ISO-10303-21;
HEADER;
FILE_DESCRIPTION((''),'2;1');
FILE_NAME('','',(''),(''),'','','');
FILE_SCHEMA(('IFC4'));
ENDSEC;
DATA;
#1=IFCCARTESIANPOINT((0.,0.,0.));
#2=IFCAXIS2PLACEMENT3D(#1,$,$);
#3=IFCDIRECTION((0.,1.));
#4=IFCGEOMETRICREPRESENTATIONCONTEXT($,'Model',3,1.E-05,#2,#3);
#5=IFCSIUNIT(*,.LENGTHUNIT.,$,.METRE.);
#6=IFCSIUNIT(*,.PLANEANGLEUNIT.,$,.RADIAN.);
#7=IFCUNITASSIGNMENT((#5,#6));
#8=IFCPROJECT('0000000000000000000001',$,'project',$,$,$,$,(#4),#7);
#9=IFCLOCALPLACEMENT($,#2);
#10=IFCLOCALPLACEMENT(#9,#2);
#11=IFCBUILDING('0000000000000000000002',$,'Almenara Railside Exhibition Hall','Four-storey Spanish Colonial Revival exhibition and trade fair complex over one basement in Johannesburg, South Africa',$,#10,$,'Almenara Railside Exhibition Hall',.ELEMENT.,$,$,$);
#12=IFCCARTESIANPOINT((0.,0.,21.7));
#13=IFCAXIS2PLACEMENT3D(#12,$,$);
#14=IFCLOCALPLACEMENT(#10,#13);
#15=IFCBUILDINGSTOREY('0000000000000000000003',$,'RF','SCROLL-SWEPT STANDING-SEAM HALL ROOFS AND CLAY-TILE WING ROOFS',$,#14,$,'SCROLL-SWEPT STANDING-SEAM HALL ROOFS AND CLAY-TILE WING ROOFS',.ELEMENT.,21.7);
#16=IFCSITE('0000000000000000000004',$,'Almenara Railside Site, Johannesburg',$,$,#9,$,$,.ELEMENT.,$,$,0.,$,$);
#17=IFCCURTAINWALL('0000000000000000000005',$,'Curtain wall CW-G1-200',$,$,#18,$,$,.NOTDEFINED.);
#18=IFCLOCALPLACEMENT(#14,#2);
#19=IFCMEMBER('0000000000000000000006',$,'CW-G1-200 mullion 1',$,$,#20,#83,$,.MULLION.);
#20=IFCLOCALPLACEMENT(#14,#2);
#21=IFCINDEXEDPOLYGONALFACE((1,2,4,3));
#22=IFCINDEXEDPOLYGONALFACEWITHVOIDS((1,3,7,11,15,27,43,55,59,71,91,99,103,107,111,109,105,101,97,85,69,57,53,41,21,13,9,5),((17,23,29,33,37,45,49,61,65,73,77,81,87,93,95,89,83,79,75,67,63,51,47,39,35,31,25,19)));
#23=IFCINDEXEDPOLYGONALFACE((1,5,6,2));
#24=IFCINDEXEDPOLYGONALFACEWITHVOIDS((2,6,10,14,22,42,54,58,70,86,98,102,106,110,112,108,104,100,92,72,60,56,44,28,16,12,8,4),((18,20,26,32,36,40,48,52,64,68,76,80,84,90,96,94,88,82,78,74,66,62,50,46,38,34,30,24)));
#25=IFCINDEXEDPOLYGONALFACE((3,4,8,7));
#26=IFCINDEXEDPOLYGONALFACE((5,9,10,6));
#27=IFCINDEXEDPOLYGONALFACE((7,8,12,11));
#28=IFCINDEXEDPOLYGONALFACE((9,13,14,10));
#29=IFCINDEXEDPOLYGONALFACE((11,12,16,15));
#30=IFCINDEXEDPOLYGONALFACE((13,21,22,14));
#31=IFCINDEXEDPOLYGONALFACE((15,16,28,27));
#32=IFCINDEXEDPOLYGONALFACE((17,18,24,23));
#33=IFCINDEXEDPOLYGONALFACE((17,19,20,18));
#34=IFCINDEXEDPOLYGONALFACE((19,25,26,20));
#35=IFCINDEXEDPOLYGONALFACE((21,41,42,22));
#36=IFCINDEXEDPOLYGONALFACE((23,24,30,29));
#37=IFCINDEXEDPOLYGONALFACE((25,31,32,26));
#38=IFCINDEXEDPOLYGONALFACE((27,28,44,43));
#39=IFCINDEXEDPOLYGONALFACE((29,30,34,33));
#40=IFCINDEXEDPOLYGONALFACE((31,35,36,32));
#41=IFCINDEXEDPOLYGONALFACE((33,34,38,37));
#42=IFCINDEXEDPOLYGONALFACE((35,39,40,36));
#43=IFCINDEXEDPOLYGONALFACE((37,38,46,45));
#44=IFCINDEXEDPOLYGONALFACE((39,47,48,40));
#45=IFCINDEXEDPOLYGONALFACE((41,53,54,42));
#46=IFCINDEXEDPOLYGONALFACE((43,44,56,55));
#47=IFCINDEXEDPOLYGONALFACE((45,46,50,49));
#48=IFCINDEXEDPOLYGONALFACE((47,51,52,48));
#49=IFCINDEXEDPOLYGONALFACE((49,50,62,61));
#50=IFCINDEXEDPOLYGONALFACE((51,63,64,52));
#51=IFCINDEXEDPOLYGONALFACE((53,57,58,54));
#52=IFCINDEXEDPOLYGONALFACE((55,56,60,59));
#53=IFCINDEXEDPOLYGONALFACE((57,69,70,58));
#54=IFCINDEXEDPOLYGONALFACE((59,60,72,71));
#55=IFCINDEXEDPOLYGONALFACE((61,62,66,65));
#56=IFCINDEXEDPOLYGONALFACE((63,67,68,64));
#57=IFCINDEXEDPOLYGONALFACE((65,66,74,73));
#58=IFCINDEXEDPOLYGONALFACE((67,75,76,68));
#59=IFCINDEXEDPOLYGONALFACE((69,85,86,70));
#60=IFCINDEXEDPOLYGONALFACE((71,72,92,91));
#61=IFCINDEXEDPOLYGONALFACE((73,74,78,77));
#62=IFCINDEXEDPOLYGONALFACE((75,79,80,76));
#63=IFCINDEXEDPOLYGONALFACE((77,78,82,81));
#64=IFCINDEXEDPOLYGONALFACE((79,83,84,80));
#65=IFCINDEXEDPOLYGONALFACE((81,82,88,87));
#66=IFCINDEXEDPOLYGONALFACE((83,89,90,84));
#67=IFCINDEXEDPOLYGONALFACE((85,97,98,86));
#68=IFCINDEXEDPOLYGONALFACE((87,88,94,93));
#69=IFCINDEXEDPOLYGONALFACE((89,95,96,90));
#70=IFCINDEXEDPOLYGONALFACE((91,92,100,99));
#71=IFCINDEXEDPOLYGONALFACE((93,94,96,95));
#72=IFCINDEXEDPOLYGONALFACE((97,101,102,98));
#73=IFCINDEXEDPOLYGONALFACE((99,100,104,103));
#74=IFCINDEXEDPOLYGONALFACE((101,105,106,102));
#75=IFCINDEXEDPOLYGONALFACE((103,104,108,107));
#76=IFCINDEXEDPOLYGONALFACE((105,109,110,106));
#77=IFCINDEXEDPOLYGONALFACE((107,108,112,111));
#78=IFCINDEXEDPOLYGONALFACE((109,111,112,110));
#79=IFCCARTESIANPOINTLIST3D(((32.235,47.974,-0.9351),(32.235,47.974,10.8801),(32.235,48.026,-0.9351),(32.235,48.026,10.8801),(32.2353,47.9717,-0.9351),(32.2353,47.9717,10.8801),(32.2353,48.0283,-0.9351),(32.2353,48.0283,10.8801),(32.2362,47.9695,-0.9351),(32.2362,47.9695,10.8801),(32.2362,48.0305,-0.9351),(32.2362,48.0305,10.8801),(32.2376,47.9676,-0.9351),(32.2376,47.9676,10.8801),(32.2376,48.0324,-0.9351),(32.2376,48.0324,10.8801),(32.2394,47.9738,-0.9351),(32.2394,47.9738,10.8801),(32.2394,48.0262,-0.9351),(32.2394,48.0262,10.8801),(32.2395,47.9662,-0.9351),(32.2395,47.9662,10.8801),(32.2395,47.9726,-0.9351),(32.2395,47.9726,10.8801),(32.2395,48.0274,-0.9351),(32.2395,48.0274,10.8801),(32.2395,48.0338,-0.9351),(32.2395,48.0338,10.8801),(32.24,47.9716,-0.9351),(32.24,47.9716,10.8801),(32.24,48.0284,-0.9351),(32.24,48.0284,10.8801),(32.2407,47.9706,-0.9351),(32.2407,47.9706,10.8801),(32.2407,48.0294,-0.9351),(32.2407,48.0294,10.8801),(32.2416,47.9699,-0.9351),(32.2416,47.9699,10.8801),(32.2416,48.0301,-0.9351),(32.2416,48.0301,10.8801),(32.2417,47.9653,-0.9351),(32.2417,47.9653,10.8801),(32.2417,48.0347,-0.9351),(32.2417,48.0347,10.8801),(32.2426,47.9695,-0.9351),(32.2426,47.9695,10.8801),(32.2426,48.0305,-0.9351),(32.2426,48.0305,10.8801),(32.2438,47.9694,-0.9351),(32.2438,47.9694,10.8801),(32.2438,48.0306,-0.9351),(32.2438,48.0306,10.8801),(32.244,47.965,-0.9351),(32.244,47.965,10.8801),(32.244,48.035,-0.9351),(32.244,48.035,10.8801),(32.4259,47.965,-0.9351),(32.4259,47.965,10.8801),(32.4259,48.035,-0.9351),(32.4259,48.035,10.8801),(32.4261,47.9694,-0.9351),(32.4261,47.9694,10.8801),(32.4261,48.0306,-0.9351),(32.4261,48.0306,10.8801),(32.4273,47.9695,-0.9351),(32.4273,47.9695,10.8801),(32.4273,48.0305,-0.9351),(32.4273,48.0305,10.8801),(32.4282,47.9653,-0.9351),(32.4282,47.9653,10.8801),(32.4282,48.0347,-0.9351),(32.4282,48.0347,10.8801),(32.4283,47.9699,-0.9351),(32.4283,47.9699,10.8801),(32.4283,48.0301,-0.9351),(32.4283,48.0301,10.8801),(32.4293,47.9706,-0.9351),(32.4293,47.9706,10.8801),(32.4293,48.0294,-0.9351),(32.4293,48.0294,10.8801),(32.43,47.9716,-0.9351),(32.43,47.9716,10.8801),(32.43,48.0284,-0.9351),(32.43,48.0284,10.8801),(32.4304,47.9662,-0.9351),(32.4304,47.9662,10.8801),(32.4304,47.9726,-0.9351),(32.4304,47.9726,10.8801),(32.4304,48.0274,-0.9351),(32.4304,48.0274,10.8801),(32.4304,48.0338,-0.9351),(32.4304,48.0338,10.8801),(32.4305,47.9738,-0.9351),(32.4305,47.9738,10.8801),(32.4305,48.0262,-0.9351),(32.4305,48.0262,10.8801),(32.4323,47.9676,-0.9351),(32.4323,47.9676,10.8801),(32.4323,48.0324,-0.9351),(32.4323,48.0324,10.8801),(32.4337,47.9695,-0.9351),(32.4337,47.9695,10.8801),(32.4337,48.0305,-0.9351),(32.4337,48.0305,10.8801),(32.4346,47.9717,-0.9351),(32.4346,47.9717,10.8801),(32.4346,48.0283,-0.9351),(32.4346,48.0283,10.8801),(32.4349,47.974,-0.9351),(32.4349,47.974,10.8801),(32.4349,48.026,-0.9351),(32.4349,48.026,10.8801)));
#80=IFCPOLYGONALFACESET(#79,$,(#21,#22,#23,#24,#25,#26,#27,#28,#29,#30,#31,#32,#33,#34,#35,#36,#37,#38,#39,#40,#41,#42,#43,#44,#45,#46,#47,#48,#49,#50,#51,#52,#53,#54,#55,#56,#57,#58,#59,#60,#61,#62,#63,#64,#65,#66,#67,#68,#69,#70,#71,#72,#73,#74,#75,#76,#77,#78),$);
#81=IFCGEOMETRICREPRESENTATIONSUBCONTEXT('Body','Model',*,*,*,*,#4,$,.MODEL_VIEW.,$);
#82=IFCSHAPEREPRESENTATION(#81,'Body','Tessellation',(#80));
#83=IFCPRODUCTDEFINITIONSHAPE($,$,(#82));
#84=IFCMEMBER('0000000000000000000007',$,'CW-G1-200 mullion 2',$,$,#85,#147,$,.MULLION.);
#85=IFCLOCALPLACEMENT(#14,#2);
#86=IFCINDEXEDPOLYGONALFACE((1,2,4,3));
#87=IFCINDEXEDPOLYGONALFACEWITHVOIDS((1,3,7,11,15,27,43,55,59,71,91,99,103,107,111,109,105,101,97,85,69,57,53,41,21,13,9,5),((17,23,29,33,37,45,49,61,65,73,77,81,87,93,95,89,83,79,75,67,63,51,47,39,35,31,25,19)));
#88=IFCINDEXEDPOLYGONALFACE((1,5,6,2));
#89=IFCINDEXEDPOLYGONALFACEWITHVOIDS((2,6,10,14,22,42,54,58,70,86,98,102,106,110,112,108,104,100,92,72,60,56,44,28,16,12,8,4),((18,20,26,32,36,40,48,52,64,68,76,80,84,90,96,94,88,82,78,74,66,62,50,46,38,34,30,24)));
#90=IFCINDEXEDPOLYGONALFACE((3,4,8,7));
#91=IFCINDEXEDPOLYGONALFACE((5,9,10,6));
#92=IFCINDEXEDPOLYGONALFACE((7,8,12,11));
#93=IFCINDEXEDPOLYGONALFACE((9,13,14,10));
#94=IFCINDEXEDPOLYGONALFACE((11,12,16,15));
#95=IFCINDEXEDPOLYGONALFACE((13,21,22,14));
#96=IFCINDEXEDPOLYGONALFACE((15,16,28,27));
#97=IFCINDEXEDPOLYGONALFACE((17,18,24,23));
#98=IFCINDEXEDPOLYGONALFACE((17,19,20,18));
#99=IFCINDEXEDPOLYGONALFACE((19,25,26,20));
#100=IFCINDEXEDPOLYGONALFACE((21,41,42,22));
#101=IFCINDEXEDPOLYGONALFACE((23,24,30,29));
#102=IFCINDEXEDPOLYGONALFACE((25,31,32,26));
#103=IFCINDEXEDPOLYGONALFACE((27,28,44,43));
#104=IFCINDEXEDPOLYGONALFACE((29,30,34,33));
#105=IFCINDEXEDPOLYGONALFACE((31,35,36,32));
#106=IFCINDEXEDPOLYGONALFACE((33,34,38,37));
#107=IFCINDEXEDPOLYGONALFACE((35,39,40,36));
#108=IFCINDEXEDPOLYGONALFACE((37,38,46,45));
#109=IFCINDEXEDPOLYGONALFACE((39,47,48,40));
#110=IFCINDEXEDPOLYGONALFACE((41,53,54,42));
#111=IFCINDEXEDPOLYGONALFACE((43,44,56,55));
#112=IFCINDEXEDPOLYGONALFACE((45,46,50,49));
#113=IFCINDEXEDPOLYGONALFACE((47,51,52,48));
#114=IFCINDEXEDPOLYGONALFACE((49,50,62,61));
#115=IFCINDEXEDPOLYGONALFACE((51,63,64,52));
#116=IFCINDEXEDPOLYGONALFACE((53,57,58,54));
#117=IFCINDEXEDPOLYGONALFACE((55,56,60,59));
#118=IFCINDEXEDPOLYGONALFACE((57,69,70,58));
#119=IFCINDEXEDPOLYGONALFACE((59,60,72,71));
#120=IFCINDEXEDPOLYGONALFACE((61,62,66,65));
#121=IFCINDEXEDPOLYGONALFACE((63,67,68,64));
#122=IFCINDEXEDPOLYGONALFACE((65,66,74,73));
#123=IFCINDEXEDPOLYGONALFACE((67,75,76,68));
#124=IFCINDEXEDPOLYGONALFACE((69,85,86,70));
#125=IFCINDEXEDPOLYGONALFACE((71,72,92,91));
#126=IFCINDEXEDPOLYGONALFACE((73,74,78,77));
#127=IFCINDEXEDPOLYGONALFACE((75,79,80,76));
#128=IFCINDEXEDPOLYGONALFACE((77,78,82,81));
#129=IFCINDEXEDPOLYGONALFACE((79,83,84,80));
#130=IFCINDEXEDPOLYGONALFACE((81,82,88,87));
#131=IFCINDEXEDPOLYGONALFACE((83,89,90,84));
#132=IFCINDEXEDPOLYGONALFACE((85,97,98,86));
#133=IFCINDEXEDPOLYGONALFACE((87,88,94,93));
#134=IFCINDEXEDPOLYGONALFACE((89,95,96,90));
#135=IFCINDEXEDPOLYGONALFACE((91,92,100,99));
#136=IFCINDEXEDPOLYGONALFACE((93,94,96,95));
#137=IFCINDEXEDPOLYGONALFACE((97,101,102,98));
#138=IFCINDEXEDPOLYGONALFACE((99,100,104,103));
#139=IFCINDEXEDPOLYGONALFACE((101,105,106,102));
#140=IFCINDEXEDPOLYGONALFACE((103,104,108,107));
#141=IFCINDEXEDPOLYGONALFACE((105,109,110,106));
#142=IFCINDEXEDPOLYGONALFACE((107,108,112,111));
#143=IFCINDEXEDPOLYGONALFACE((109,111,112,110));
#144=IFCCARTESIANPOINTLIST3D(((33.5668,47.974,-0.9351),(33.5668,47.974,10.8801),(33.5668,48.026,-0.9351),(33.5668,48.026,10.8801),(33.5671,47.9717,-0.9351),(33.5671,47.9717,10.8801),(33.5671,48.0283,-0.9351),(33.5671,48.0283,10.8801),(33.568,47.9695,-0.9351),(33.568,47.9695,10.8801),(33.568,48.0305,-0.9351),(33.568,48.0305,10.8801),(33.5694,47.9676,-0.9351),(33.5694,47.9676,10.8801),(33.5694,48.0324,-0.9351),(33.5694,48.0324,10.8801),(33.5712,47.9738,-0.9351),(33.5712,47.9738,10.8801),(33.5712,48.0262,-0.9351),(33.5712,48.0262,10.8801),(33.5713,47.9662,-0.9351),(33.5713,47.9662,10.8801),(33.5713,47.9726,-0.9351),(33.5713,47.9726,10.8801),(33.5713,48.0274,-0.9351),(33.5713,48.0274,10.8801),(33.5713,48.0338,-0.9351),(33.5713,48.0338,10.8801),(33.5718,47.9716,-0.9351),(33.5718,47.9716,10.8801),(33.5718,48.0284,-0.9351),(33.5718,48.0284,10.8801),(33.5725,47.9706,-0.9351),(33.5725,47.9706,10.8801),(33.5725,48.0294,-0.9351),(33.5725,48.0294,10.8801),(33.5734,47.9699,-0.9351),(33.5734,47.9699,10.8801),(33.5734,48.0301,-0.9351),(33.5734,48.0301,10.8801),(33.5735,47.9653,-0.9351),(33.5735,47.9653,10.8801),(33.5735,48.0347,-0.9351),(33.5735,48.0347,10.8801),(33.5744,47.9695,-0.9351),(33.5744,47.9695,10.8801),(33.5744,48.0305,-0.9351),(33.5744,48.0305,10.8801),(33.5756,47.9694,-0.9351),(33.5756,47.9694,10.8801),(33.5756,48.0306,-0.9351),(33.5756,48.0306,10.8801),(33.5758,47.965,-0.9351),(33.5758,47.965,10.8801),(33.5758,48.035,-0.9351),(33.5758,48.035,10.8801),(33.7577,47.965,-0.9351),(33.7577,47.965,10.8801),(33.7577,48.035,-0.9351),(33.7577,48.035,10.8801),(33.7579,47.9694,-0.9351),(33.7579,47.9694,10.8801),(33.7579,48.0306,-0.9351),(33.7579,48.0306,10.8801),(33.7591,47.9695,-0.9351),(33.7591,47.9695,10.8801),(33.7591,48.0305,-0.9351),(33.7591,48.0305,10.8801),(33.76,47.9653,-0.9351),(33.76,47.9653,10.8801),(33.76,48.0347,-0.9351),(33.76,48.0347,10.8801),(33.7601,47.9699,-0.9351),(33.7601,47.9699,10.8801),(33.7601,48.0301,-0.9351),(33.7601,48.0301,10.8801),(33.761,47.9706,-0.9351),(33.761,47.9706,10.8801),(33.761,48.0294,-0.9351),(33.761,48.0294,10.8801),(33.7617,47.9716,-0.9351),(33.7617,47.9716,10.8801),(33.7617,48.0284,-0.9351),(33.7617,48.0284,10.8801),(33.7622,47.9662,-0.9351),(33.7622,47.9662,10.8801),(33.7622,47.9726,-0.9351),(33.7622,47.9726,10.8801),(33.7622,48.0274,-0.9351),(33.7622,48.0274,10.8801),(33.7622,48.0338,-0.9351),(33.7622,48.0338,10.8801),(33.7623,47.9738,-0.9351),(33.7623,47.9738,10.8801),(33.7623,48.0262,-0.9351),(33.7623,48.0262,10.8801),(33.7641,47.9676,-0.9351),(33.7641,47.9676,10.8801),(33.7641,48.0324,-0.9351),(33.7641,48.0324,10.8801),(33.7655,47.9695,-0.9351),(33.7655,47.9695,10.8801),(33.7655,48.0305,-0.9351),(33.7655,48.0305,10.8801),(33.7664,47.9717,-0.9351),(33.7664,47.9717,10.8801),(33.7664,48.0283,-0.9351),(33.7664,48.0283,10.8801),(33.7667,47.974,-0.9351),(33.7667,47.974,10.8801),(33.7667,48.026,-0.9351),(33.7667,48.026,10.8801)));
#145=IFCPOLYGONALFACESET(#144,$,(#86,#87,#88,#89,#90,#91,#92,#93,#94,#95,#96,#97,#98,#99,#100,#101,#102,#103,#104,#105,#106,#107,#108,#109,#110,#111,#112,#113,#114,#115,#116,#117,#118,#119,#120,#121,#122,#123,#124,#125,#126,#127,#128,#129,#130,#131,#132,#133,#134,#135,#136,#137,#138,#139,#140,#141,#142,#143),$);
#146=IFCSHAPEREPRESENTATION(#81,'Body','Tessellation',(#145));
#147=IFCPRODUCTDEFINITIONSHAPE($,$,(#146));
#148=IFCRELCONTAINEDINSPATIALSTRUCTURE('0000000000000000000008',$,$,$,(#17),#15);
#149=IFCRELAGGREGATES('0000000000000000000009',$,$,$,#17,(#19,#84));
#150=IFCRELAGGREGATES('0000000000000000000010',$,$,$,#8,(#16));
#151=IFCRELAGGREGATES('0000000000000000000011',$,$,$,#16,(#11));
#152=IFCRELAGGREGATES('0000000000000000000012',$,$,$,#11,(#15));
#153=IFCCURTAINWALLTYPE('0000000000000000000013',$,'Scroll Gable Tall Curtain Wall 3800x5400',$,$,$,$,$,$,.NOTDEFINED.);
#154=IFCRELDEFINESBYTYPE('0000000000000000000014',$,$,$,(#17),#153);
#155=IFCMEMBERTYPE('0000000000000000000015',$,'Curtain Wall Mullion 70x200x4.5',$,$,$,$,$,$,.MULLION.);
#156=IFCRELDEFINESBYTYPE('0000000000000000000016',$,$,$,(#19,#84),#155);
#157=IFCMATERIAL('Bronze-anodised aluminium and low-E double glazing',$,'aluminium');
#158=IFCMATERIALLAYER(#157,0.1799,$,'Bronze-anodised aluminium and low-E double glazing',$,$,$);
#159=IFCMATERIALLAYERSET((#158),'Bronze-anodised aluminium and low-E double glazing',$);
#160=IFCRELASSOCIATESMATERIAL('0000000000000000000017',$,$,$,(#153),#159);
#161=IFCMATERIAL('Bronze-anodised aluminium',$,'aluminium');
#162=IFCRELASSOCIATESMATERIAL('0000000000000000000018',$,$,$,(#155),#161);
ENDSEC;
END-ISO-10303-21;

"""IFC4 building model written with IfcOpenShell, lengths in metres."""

from ifc_helpers import new_model, si_unit, direction, frame, origin, origin_2d, place, context, subcontext, project, spatial, hollow_rectangle, extrude, material, layer, layer_set, material_profile, profile_set, type_object, element, aggregate, save


model = new_model("IFC4")

# Units and contexts
model_context = context("Model", 3, precision=1e-05, world=origin(), true_north=direction((0.0, 1.0)))
body_context = subcontext(model_context, "Body", "Model", "MODEL_VIEW")
ifc_project = project(units=[si_unit("LENGTHUNIT", "METRE"), si_unit("PLANEANGLEUNIT", "RADIAN")], contexts=[model_context])

# Site, building, storey
site_placement = place(None, origin())
site = spatial("IfcSite", under=ifc_project, at=site_placement, Name="Almenara Railside Site, Johannesburg", CompositionType="ELEMENT", RefElevation=0.0)
building_placement = place(site_placement, origin())
building = spatial("IfcBuilding", under=site, at=building_placement, Name="Almenara Railside Exhibition Hall", Description="Four-storey Spanish Colonial Revival exhibition and trade fair complex over one basement in Johannesburg, South Africa", LongName="Almenara Railside Exhibition Hall", CompositionType="ELEMENT")
storey_placement = place(building_placement, frame((0.0, 0.0, 21.7)))
storey = spatial("IfcBuildingStorey", under=building, at=storey_placement, Name="RF", Description="SCROLL-SWEPT STANDING-SEAM HALL ROOFS AND CLAY-TILE WING ROOFS", LongName="SCROLL-SWEPT STANDING-SEAM HALL ROOFS AND CLAY-TILE WING ROOFS", CompositionType="ELEMENT", Elevation=21.7)

# Curtain wall, members
ifc_material_1 = material(Name="Bronze-anodised aluminium and low-E double glazing", Category="aluminium")
ifc_layer_1 = layer(ifc_material_1, 0.1799, Name="Bronze-anodised aluminium and low-E double glazing")
ifc_layer_set_1 = layer_set([ifc_layer_1], Name="Bronze-anodised aluminium and low-E double glazing")
curtain_wall_type = type_object("IfcCurtainWallType", Name="Scroll Gable Tall Curtain Wall 3800x5400", PredefinedType="NOTDEFINED", material=ifc_layer_set_1)
ifc_material_2 = material(Name="Bronze-anodised aluminium", Category="aluminium")
curtain_wall_1_placement = place(storey_placement, origin())
curtain_wall_1 = element("IfcCurtainWall", 1, at=curtain_wall_1_placement, inside=storey, type_object=curtain_wall_type, Name="Curtain wall CW-G1-200", PredefinedType="NOTDEFINED")
ifc_material_profile_1 = material_profile(ifc_material_2, hollow_rectangle(XDim=0.0701, YDim=0.2, WallThickness=0.0044, InnerFilletRadius=0.0044, OuterFilletRadius=0.009, at=origin_2d()), Name="ALU-MUL 70x200x4.5")
ifc_profile_set_1 = profile_set([ifc_material_profile_1], Name="Bronze-anodised aluminium")
member_type_1 = type_object("IfcMemberType", Name="Curtain Wall Mullion 70x200x4.5", PredefinedType="MULLION", material=ifc_profile_set_1)
member_1_placement = place(storey_placement, frame((32.335, 48.0, -0.9351), z_axis=(0.0, 0.0, 1.0), x_axis=(0.0, 1.0, 0.0)))
member_1 = element("IfcMember", 2, at=member_1_placement, type_object=member_type_1, Name="CW-G1-200 mullion 1", PredefinedType="MULLION", context=body_context, shape_type="SweptSolid", body=[
    extrude(hollow_rectangle(XDim=0.0701, YDim=0.2, WallThickness=0.0044, InnerFilletRadius=0.0044, OuterFilletRadius=0.009, at=origin_2d()), origin(), (0.0, 0.0, 1.0), 11.8152),
])
member_2_placement = place(storey_placement, frame((33.6667, 48.0, -0.9351), z_axis=(0.0, 0.0, 1.0), x_axis=(0.0, 1.0, 0.0)))
member_2 = element("IfcMember", 3, at=member_2_placement, type_object=member_type_1, Name="CW-G1-200 mullion 2", PredefinedType="MULLION", context=body_context, shape_type="SweptSolid", body=[
    extrude(hollow_rectangle(XDim=0.0701, YDim=0.2, WallThickness=0.0044, InnerFilletRadius=0.0044, OuterFilletRadius=0.009, at=origin_2d()), origin(), (0.0, 0.0, 1.0), 11.8152),
])

aggregate(curtain_wall_1, [member_1, member_2])

save(model, "model.ifc")
